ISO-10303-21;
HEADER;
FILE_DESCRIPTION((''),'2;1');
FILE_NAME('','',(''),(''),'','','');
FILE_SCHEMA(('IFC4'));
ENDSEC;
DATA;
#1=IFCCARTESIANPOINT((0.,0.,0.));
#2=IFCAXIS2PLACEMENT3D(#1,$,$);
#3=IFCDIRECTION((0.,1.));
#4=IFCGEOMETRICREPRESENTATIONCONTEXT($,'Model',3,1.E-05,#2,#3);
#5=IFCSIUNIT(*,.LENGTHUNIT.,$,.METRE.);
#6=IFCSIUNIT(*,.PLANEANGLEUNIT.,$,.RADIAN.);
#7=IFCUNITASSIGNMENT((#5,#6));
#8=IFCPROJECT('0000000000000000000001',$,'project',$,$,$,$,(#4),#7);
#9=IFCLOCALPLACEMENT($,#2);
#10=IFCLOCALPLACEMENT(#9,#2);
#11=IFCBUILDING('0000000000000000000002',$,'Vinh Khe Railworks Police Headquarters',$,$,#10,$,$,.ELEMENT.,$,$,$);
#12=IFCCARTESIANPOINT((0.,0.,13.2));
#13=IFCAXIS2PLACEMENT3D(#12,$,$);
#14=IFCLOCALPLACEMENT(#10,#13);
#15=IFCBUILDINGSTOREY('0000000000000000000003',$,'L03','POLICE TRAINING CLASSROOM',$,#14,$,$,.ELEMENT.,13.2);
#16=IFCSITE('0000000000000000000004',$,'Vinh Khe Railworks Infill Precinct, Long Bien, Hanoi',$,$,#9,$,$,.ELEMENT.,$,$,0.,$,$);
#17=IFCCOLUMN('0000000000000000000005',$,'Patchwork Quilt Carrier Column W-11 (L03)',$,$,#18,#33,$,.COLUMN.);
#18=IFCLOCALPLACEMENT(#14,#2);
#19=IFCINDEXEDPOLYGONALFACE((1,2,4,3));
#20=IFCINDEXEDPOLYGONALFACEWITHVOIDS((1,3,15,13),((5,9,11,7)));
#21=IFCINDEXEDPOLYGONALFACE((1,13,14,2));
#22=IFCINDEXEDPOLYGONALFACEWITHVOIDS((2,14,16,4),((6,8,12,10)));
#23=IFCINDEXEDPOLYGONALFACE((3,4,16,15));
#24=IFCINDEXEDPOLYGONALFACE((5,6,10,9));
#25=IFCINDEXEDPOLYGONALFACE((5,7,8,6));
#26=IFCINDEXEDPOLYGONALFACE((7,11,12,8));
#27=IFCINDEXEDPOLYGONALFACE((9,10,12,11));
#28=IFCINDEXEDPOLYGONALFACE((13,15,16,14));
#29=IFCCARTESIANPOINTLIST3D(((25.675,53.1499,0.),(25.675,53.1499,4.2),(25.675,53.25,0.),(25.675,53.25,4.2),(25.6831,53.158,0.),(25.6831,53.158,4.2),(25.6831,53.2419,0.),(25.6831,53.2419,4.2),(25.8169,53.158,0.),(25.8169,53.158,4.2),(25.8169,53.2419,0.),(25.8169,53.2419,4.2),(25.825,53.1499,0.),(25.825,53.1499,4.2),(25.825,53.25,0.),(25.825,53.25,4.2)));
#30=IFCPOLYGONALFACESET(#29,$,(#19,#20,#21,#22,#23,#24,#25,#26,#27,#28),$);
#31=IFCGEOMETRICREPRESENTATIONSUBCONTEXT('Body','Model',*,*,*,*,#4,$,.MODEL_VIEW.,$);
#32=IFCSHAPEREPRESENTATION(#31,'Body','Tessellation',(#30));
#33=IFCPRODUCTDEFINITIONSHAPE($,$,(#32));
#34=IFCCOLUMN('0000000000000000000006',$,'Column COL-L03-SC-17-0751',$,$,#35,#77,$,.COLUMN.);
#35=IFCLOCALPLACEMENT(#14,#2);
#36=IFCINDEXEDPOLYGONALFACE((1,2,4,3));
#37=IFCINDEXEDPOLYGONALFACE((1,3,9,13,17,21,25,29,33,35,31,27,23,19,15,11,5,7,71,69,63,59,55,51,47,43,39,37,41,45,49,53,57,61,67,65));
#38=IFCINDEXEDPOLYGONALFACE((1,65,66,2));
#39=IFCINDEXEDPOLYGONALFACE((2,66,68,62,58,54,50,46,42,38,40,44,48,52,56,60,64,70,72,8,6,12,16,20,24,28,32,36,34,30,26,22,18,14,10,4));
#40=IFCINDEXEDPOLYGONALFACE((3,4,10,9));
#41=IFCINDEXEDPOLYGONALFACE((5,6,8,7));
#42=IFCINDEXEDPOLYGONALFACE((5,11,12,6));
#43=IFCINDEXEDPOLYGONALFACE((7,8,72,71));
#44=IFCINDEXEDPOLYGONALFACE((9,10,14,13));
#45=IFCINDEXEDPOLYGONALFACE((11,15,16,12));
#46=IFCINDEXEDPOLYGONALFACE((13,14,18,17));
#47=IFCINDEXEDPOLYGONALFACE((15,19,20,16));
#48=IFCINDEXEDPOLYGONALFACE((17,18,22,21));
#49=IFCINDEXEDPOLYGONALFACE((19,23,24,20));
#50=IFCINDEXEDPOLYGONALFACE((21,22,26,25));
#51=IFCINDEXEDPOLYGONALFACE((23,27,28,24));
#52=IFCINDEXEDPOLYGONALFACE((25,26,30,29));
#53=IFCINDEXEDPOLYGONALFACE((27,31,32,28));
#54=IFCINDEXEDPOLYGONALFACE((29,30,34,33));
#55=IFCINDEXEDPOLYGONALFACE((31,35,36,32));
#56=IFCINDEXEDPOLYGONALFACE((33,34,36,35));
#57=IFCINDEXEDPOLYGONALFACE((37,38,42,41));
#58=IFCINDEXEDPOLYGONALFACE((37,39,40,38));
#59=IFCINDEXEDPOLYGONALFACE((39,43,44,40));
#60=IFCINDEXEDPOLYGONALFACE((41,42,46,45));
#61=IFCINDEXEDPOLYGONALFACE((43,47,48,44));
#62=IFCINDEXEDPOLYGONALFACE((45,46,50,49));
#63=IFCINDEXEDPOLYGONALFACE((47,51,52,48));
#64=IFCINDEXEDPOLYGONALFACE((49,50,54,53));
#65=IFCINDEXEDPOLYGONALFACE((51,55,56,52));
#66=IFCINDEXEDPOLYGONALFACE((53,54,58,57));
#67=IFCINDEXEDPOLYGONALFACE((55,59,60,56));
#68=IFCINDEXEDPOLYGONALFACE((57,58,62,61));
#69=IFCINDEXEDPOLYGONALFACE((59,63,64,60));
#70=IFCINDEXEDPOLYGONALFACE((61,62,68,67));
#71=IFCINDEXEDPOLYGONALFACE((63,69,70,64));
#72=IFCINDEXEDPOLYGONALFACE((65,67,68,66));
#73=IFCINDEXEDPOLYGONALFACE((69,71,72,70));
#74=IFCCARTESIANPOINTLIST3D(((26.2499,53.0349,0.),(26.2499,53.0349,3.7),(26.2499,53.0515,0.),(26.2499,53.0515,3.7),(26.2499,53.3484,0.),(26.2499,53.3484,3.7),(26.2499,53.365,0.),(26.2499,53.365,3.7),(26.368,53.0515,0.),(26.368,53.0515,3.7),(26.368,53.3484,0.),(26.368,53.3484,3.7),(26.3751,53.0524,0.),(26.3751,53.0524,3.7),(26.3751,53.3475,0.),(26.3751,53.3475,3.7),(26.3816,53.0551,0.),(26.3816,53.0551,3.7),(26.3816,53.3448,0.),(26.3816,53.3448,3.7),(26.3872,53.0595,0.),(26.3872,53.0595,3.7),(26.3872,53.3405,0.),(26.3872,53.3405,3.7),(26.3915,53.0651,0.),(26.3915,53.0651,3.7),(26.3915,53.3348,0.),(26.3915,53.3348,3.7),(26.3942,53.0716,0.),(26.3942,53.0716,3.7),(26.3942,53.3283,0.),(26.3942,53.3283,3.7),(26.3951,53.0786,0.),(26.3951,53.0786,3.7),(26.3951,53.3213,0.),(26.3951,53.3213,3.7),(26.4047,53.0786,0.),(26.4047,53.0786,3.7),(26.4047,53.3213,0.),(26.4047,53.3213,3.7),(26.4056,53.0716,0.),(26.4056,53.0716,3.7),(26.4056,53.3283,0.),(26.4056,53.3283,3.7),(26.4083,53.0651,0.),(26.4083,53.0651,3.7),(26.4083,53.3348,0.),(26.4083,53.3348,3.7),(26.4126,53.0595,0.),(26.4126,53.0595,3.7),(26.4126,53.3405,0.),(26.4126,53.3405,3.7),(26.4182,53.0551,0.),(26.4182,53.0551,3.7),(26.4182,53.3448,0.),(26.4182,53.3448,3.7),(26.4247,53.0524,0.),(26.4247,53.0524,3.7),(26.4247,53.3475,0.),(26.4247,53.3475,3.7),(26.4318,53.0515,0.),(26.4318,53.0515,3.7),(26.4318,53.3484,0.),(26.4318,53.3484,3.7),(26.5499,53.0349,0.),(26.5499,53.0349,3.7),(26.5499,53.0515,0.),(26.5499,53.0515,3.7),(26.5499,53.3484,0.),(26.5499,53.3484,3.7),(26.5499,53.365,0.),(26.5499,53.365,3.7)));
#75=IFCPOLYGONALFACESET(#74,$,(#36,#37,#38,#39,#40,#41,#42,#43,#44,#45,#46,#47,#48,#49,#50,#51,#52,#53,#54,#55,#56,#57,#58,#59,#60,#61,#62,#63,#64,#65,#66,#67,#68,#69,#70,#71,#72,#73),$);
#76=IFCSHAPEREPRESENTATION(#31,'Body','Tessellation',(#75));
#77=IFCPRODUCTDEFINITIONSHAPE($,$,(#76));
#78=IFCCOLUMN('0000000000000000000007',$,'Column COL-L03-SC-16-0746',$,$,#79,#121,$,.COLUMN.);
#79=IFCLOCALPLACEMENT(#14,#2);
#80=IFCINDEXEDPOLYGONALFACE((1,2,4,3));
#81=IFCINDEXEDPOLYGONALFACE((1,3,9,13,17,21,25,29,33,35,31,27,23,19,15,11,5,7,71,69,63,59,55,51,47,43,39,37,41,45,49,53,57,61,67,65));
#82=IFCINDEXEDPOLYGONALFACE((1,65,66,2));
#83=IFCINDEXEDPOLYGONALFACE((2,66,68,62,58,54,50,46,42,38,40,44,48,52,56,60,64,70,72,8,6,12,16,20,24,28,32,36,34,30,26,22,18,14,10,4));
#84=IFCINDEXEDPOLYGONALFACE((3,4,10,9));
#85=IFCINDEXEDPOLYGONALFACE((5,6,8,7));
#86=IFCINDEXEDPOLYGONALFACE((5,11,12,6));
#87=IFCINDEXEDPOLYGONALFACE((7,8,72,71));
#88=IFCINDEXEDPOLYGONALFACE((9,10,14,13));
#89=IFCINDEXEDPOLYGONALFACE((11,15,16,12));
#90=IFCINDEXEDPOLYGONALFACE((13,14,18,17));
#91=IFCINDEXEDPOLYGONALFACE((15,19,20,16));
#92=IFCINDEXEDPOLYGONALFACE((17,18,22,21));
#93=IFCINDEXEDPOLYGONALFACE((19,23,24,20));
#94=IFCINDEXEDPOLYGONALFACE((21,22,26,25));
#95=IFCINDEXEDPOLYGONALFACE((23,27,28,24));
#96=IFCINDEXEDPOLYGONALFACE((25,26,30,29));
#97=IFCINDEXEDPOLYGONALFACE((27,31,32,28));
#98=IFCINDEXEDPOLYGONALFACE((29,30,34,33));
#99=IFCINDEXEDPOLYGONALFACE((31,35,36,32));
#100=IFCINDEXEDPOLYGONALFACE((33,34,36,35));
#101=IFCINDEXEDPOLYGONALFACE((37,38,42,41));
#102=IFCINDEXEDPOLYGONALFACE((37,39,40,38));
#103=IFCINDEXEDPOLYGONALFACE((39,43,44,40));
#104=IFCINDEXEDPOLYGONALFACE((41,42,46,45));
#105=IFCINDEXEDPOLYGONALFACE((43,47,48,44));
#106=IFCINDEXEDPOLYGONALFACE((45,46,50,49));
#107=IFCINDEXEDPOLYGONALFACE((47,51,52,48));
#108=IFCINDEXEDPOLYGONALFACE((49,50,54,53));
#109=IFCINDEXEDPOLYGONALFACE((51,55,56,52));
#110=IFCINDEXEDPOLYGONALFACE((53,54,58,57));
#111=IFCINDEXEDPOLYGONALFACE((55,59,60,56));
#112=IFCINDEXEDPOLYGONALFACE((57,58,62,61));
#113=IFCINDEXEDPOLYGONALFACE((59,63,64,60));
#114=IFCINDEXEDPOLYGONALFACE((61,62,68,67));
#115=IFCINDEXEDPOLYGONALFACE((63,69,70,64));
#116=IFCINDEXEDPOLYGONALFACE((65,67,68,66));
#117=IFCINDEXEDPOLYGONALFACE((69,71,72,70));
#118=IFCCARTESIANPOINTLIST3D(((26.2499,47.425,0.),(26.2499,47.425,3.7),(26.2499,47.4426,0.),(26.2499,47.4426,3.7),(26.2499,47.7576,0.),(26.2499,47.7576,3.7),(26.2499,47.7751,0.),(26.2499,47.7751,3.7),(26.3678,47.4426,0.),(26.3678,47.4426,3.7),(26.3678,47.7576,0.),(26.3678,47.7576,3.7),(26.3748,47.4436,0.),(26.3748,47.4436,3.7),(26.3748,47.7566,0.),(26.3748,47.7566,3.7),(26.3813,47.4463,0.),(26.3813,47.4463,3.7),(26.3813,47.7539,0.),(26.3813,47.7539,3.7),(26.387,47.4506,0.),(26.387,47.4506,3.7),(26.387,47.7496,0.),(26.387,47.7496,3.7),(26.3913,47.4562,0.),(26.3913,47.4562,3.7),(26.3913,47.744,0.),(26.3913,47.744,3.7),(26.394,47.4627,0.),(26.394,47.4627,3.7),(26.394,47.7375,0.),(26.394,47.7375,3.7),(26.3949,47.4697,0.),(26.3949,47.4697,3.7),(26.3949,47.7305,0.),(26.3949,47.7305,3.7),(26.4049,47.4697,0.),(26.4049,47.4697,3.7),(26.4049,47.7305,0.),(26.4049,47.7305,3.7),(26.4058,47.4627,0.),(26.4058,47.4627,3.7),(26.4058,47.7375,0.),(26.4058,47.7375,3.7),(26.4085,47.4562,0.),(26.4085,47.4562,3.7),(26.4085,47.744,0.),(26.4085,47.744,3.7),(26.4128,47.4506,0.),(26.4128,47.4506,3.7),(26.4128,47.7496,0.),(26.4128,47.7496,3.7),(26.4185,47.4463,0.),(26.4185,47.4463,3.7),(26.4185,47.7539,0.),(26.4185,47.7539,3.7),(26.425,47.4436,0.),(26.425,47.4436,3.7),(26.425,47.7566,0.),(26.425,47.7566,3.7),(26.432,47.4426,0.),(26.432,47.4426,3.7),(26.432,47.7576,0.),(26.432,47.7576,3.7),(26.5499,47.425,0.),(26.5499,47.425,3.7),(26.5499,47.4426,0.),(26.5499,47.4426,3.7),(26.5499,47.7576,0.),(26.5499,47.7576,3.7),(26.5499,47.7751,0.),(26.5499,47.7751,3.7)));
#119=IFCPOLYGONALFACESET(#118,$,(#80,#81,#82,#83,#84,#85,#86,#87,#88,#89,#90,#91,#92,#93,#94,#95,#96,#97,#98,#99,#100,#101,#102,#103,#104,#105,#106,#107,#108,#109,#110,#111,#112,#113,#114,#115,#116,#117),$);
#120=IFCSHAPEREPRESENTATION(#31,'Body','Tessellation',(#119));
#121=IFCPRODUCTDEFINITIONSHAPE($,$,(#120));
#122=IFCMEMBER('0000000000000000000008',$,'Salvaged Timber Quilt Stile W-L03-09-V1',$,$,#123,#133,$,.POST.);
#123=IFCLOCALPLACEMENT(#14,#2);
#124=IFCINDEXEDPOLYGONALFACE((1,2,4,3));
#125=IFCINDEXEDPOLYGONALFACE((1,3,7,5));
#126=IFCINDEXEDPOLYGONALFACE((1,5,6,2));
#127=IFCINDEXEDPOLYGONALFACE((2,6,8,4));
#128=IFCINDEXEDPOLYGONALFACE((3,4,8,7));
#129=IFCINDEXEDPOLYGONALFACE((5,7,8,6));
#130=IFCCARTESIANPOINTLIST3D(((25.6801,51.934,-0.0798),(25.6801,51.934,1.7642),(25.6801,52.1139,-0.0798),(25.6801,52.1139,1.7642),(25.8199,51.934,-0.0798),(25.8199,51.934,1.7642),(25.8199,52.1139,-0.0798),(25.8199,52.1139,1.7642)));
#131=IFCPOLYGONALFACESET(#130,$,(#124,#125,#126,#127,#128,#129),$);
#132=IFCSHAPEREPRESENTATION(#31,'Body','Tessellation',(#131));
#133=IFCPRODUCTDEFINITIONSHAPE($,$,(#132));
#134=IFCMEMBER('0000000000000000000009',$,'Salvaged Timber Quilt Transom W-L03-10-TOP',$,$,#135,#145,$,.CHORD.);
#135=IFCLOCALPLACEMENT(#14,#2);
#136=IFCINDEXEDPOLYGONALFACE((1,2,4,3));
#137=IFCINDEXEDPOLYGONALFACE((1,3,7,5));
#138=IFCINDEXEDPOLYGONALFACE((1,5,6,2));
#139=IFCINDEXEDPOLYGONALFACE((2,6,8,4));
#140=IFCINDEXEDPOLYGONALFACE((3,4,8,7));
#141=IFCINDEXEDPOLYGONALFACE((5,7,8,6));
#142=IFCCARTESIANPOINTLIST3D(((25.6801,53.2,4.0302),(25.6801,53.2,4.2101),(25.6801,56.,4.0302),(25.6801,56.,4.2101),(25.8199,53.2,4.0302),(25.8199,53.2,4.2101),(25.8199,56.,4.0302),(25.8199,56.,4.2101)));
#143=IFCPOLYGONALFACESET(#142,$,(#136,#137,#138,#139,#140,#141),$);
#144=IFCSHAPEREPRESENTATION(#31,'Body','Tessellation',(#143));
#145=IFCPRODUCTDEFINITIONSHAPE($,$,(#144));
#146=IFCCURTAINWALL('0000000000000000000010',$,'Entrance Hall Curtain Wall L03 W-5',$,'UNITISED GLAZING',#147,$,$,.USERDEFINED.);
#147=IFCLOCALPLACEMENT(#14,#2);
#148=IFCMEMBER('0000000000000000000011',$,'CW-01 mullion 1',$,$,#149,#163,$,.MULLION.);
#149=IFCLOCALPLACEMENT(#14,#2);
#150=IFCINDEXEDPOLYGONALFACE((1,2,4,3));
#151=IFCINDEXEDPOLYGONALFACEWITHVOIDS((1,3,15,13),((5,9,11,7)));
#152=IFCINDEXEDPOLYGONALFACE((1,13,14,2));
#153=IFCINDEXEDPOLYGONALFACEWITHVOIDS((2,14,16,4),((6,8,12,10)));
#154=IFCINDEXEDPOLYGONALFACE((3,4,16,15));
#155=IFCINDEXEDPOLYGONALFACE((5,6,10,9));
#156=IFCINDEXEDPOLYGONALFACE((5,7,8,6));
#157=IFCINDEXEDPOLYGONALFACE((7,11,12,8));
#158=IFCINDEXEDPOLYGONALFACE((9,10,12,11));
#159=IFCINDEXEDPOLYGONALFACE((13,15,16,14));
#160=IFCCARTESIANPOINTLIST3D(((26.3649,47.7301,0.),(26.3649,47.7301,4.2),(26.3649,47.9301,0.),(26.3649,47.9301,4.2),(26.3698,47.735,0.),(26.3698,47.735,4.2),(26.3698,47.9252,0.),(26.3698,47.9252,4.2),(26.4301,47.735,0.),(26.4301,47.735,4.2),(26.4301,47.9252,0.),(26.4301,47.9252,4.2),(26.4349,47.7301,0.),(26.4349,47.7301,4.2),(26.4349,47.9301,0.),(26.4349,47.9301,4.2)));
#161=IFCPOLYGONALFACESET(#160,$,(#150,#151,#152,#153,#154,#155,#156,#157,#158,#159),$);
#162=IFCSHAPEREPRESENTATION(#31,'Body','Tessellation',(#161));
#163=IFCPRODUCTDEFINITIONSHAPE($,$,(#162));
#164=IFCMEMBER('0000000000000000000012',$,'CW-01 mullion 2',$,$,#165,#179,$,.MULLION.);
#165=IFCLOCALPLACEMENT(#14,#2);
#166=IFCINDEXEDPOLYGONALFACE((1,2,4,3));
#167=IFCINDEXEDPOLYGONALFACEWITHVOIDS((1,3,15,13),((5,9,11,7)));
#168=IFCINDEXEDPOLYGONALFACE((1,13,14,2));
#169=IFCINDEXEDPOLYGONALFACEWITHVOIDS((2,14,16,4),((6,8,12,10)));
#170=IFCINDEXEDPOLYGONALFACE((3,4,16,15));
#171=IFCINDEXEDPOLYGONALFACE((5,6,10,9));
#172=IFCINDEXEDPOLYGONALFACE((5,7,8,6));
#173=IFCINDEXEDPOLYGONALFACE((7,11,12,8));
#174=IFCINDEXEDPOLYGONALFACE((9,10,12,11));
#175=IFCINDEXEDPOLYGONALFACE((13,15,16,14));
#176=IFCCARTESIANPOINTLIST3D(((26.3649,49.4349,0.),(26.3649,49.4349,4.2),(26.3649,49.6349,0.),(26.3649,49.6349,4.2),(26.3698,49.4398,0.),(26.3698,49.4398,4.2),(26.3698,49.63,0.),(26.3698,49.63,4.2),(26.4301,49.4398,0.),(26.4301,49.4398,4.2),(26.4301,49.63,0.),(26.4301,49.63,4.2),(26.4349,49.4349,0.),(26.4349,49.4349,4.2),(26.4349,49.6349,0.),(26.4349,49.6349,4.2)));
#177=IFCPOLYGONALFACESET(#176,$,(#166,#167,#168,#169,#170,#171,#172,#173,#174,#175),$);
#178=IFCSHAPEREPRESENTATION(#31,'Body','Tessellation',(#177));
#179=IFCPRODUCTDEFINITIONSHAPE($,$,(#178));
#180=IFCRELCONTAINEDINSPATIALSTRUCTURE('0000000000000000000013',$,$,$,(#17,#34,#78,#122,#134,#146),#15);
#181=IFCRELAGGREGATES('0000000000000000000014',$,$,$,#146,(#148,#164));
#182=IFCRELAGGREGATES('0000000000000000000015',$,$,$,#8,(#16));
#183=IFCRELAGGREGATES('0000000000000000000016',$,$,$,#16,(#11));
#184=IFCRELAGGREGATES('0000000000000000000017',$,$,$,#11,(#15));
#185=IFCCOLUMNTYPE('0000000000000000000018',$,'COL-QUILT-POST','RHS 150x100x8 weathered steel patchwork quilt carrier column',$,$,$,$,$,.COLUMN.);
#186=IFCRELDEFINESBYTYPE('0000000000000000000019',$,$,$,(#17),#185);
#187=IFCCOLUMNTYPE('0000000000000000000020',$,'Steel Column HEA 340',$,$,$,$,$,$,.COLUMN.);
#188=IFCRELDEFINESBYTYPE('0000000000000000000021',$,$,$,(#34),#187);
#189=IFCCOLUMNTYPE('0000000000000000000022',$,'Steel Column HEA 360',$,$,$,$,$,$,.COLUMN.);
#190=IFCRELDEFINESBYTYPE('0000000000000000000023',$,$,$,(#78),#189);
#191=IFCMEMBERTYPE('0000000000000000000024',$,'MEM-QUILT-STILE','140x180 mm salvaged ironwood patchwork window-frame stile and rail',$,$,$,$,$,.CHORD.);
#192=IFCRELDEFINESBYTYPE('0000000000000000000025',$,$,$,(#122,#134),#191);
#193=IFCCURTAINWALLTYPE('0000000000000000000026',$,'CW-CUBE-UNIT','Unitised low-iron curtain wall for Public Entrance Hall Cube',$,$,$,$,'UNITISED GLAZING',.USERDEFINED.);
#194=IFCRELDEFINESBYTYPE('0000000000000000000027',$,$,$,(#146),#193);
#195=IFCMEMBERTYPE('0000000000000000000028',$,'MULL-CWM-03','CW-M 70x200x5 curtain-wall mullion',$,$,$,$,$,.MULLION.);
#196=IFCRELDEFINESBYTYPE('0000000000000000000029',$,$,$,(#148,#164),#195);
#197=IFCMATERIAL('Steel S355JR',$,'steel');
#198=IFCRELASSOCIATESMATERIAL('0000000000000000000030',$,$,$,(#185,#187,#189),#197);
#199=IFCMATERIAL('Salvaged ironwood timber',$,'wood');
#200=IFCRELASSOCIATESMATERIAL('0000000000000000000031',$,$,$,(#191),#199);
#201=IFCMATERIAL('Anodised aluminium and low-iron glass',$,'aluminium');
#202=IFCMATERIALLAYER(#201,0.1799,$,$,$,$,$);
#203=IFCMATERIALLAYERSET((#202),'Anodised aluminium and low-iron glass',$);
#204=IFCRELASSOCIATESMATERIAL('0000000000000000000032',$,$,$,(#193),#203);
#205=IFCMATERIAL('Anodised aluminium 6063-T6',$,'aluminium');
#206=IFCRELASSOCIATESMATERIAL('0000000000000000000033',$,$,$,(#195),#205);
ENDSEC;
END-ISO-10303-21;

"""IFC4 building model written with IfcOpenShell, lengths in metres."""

from ifc_helpers import new_model, si_unit, direction, frame, origin, origin_2d, place, context, subcontext, project, spatial, rectangle, hollow_rectangle, i_section, extrude, material, layer, layer_set, material_profile, profile_set, type_object, element, aggregate, save


model = new_model("IFC4")

# Units and contexts
model_context = context("Model", 3, precision=1e-05, world=origin(), true_north=direction((0.0, 1.0)))
body_context = subcontext(model_context, "Body", "Model", "MODEL_VIEW")
ifc_project = project(units=[si_unit("LENGTHUNIT", "METRE"), si_unit("PLANEANGLEUNIT", "RADIAN")], contexts=[model_context])

# Site, building, storey
site_placement = place(None, origin())
site = spatial("IfcSite", under=ifc_project, at=site_placement, Name="Vinh Khe Railworks Infill Precinct, Long Bien, Hanoi", CompositionType="ELEMENT", RefElevation=0.0)
building_placement = place(site_placement, origin())
building = spatial("IfcBuilding", under=site, at=building_placement, Name="Vinh Khe Railworks Police Headquarters", CompositionType="ELEMENT")
storey_placement = place(building_placement, frame((0.0, 0.0, 13.2)))
storey = spatial("IfcBuildingStorey", under=building, at=storey_placement, Name="L03", Description="POLICE TRAINING CLASSROOM", CompositionType="ELEMENT", Elevation=13.2)

# Columns
ifc_material_1 = material(Name="Steel S355JR", Category="steel")
ifc_material_profile_1 = material_profile(ifc_material_1, hollow_rectangle(XDim=0.1499, YDim=0.1001, WallThickness=0.0081, at=origin_2d()), Name="RHS 150x100x8")
ifc_profile_set_1 = profile_set([ifc_material_profile_1], Name="Steel S355JR")
column_type_1 = type_object("IfcColumnType", Name="COL-QUILT-POST", Description="RHS 150x100x8 weathered steel patchwork quilt carrier column", PredefinedType="COLUMN", material=ifc_profile_set_1)
column_1_placement = place(storey_placement, frame((25.75, 53.2, 0.0), z_axis=(0.0, 0.0, 1.0), x_axis=(1.0, 0.0, 0.0)))
element("IfcColumn", 1, at=column_1_placement, inside=storey, type_object=column_type_1, Name="Patchwork Quilt Carrier Column W-11 (L03)", PredefinedType="COLUMN", context=body_context, shape_type="SweptSolid", body=[
    extrude(hollow_rectangle(XDim=0.1499, YDim=0.1001, WallThickness=0.0081, at=origin_2d()), origin(), (0.0, 0.0, 1.0), 4.2),
])
ifc_material_profile_2 = material_profile(ifc_material_1, i_section(OverallWidth=0.3, OverallDepth=0.3301, WebThickness=0.0095, FlangeThickness=0.0166, FilletRadius=0.0271, at=origin_2d()), Name="HEA 340")
ifc_profile_set_2 = profile_set([ifc_material_profile_2], Name="Steel S355JR")
column_type_2 = type_object("IfcColumnType", Name="Steel Column HEA 340", PredefinedType="COLUMN", material=ifc_profile_set_2)
column_2_placement = place(storey_placement, frame((26.3999, 53.2, 0.0), z_axis=(0.0, 0.0, 1.0), x_axis=(1.0, 0.0, 0.0)))
element("IfcColumn", 2, at=column_2_placement, inside=storey, type_object=column_type_2, Name="Column COL-L03-SC-17-0751", PredefinedType="COLUMN", context=body_context, shape_type="SweptSolid", body=[
    extrude(i_section(OverallWidth=0.3, OverallDepth=0.3301, WebThickness=0.0095, FlangeThickness=0.0166, FilletRadius=0.0271, at=origin_2d()), origin(), (0.0, 0.0, 1.0), 3.7),
])
ifc_material_profile_3 = material_profile(ifc_material_1, i_section(OverallWidth=0.3, OverallDepth=0.3501, WebThickness=0.01, FlangeThickness=0.0176, FilletRadius=0.0271, at=origin_2d()), Name="HEA 360")
ifc_profile_set_3 = profile_set([ifc_material_profile_3], Name="Steel S355JR")
column_type_3 = type_object("IfcColumnType", Name="Steel Column HEA 360", PredefinedType="COLUMN", material=ifc_profile_set_3)
column_3_placement = place(storey_placement, frame((26.3999, 47.6001, 0.0), z_axis=(0.0, 0.0, 1.0), x_axis=(1.0, 0.0, 0.0)))
element("IfcColumn", 3, at=column_3_placement, inside=storey, type_object=column_type_3, Name="Column COL-L03-SC-16-0746", PredefinedType="COLUMN", context=body_context, shape_type="SweptSolid", body=[
    extrude(i_section(OverallWidth=0.3, OverallDepth=0.3501, WebThickness=0.01, FlangeThickness=0.0176, FilletRadius=0.0271, at=origin_2d()), origin(), (0.0, 0.0, 1.0), 3.7),
])

# Members
ifc_material_2 = material(Name="Salvaged ironwood timber", Category="wood")
ifc_material_profile_4 = material_profile(ifc_material_2, rectangle(XDim=0.1399, YDim=0.1799, at=origin_2d()), Name="TIMBER 140x180")
ifc_profile_set_4 = profile_set([ifc_material_profile_4], Name="Salvaged ironwood timber")
member_type_1 = type_object("IfcMemberType", Name="MEM-QUILT-STILE", Description="140x180 mm salvaged ironwood patchwork window-frame stile and rail", PredefinedType="CHORD", material=ifc_profile_set_4)
member_1_placement = place(storey_placement, frame((25.75, 52.0239, -0.0798), z_axis=(0.0, 0.0, 1.0), x_axis=(1.0, 0.0, 0.0)))
element("IfcMember", 4, at=member_1_placement, inside=storey, type_object=member_type_1, Name="Salvaged Timber Quilt Stile W-L03-09-V1", PredefinedType="POST", context=body_context, shape_type="SweptSolid", body=[
    extrude(rectangle(XDim=0.1399, YDim=0.1799, at=origin_2d()), origin(), (0.0, 0.0, 1.0), 1.844),
])
member_2_placement = place(storey_placement, frame((25.75, 53.2, 4.1201), z_axis=(0.0, 1.0, 0.0), x_axis=(-1.0, 0.0, 0.0)))
element("IfcMember", 5, at=member_2_placement, inside=storey, type_object=member_type_1, Name="Salvaged Timber Quilt Transom W-L03-10-TOP", PredefinedType="CHORD", context=body_context, shape_type="SweptSolid", body=[
    extrude(rectangle(XDim=0.1399, YDim=0.1799, at=origin_2d()), origin(), (0.0, 0.0, 1.0), 2.8),
])

# Curtain wall, members
ifc_material_3 = material(Name="Anodised aluminium and low-iron glass", Category="aluminium")
ifc_layer_1 = layer(ifc_material_3, 0.1799)
ifc_layer_set_1 = layer_set([ifc_layer_1], Name="Anodised aluminium and low-iron glass")
curtain_wall_type = type_object("IfcCurtainWallType", Name="CW-CUBE-UNIT", Description="Unitised low-iron curtain wall for Public Entrance Hall Cube", ElementType="UNITISED GLAZING", PredefinedType="USERDEFINED", material=ifc_layer_set_1)
curtain_wall_placement = place(storey_placement, origin())
curtain_wall = element("IfcCurtainWall", 6, at=curtain_wall_placement, inside=storey, type_object=curtain_wall_type, Name="Entrance Hall Curtain Wall L03 W-5", ObjectType="UNITISED GLAZING", PredefinedType="USERDEFINED")
ifc_material_4 = material(Name="Anodised aluminium 6063-T6", Category="aluminium")
ifc_material_profile_5 = material_profile(ifc_material_4, hollow_rectangle(XDim=0.0701, YDim=0.2, WallThickness=0.0049, at=origin_2d()), Name="CW-M 70x200x5")
ifc_profile_set_5 = profile_set([ifc_material_profile_5], Name="Anodised aluminium 6063-T6")
member_type_2 = type_object("IfcMemberType", Name="MULL-CWM-03", Description="CW-M 70x200x5 curtain-wall mullion", PredefinedType="MULLION", material=ifc_profile_set_5)
member_3_placement = place(storey_placement, frame((26.3999, 47.8301, 0.0), z_axis=(0.0, 0.0, 1.0), x_axis=(-1.0, 0.0, 0.0)))
member_3 = element("IfcMember", 7, at=member_3_placement, type_object=member_type_2, Name="CW-01 mullion 1", PredefinedType="MULLION", context=body_context, shape_type="SweptSolid", body=[
    extrude(hollow_rectangle(XDim=0.0701, YDim=0.2, WallThickness=0.0049, at=origin_2d()), origin(), (0.0, 0.0, 1.0), 4.2),
])
member_4_placement = place(storey_placement, frame((26.3999, 49.5349, 0.0), z_axis=(0.0, 0.0, 1.0), x_axis=(-1.0, 0.0, 0.0)))
member_4 = element("IfcMember", 8, at=member_4_placement, type_object=member_type_2, Name="CW-01 mullion 2", PredefinedType="MULLION", context=body_context, shape_type="SweptSolid", body=[
    extrude(hollow_rectangle(XDim=0.0701, YDim=0.2, WallThickness=0.0049, at=origin_2d()), origin(), (0.0, 0.0, 1.0), 4.2),
])

aggregate(curtain_wall, [member_3, member_4])

save(model, "model.ifc")
